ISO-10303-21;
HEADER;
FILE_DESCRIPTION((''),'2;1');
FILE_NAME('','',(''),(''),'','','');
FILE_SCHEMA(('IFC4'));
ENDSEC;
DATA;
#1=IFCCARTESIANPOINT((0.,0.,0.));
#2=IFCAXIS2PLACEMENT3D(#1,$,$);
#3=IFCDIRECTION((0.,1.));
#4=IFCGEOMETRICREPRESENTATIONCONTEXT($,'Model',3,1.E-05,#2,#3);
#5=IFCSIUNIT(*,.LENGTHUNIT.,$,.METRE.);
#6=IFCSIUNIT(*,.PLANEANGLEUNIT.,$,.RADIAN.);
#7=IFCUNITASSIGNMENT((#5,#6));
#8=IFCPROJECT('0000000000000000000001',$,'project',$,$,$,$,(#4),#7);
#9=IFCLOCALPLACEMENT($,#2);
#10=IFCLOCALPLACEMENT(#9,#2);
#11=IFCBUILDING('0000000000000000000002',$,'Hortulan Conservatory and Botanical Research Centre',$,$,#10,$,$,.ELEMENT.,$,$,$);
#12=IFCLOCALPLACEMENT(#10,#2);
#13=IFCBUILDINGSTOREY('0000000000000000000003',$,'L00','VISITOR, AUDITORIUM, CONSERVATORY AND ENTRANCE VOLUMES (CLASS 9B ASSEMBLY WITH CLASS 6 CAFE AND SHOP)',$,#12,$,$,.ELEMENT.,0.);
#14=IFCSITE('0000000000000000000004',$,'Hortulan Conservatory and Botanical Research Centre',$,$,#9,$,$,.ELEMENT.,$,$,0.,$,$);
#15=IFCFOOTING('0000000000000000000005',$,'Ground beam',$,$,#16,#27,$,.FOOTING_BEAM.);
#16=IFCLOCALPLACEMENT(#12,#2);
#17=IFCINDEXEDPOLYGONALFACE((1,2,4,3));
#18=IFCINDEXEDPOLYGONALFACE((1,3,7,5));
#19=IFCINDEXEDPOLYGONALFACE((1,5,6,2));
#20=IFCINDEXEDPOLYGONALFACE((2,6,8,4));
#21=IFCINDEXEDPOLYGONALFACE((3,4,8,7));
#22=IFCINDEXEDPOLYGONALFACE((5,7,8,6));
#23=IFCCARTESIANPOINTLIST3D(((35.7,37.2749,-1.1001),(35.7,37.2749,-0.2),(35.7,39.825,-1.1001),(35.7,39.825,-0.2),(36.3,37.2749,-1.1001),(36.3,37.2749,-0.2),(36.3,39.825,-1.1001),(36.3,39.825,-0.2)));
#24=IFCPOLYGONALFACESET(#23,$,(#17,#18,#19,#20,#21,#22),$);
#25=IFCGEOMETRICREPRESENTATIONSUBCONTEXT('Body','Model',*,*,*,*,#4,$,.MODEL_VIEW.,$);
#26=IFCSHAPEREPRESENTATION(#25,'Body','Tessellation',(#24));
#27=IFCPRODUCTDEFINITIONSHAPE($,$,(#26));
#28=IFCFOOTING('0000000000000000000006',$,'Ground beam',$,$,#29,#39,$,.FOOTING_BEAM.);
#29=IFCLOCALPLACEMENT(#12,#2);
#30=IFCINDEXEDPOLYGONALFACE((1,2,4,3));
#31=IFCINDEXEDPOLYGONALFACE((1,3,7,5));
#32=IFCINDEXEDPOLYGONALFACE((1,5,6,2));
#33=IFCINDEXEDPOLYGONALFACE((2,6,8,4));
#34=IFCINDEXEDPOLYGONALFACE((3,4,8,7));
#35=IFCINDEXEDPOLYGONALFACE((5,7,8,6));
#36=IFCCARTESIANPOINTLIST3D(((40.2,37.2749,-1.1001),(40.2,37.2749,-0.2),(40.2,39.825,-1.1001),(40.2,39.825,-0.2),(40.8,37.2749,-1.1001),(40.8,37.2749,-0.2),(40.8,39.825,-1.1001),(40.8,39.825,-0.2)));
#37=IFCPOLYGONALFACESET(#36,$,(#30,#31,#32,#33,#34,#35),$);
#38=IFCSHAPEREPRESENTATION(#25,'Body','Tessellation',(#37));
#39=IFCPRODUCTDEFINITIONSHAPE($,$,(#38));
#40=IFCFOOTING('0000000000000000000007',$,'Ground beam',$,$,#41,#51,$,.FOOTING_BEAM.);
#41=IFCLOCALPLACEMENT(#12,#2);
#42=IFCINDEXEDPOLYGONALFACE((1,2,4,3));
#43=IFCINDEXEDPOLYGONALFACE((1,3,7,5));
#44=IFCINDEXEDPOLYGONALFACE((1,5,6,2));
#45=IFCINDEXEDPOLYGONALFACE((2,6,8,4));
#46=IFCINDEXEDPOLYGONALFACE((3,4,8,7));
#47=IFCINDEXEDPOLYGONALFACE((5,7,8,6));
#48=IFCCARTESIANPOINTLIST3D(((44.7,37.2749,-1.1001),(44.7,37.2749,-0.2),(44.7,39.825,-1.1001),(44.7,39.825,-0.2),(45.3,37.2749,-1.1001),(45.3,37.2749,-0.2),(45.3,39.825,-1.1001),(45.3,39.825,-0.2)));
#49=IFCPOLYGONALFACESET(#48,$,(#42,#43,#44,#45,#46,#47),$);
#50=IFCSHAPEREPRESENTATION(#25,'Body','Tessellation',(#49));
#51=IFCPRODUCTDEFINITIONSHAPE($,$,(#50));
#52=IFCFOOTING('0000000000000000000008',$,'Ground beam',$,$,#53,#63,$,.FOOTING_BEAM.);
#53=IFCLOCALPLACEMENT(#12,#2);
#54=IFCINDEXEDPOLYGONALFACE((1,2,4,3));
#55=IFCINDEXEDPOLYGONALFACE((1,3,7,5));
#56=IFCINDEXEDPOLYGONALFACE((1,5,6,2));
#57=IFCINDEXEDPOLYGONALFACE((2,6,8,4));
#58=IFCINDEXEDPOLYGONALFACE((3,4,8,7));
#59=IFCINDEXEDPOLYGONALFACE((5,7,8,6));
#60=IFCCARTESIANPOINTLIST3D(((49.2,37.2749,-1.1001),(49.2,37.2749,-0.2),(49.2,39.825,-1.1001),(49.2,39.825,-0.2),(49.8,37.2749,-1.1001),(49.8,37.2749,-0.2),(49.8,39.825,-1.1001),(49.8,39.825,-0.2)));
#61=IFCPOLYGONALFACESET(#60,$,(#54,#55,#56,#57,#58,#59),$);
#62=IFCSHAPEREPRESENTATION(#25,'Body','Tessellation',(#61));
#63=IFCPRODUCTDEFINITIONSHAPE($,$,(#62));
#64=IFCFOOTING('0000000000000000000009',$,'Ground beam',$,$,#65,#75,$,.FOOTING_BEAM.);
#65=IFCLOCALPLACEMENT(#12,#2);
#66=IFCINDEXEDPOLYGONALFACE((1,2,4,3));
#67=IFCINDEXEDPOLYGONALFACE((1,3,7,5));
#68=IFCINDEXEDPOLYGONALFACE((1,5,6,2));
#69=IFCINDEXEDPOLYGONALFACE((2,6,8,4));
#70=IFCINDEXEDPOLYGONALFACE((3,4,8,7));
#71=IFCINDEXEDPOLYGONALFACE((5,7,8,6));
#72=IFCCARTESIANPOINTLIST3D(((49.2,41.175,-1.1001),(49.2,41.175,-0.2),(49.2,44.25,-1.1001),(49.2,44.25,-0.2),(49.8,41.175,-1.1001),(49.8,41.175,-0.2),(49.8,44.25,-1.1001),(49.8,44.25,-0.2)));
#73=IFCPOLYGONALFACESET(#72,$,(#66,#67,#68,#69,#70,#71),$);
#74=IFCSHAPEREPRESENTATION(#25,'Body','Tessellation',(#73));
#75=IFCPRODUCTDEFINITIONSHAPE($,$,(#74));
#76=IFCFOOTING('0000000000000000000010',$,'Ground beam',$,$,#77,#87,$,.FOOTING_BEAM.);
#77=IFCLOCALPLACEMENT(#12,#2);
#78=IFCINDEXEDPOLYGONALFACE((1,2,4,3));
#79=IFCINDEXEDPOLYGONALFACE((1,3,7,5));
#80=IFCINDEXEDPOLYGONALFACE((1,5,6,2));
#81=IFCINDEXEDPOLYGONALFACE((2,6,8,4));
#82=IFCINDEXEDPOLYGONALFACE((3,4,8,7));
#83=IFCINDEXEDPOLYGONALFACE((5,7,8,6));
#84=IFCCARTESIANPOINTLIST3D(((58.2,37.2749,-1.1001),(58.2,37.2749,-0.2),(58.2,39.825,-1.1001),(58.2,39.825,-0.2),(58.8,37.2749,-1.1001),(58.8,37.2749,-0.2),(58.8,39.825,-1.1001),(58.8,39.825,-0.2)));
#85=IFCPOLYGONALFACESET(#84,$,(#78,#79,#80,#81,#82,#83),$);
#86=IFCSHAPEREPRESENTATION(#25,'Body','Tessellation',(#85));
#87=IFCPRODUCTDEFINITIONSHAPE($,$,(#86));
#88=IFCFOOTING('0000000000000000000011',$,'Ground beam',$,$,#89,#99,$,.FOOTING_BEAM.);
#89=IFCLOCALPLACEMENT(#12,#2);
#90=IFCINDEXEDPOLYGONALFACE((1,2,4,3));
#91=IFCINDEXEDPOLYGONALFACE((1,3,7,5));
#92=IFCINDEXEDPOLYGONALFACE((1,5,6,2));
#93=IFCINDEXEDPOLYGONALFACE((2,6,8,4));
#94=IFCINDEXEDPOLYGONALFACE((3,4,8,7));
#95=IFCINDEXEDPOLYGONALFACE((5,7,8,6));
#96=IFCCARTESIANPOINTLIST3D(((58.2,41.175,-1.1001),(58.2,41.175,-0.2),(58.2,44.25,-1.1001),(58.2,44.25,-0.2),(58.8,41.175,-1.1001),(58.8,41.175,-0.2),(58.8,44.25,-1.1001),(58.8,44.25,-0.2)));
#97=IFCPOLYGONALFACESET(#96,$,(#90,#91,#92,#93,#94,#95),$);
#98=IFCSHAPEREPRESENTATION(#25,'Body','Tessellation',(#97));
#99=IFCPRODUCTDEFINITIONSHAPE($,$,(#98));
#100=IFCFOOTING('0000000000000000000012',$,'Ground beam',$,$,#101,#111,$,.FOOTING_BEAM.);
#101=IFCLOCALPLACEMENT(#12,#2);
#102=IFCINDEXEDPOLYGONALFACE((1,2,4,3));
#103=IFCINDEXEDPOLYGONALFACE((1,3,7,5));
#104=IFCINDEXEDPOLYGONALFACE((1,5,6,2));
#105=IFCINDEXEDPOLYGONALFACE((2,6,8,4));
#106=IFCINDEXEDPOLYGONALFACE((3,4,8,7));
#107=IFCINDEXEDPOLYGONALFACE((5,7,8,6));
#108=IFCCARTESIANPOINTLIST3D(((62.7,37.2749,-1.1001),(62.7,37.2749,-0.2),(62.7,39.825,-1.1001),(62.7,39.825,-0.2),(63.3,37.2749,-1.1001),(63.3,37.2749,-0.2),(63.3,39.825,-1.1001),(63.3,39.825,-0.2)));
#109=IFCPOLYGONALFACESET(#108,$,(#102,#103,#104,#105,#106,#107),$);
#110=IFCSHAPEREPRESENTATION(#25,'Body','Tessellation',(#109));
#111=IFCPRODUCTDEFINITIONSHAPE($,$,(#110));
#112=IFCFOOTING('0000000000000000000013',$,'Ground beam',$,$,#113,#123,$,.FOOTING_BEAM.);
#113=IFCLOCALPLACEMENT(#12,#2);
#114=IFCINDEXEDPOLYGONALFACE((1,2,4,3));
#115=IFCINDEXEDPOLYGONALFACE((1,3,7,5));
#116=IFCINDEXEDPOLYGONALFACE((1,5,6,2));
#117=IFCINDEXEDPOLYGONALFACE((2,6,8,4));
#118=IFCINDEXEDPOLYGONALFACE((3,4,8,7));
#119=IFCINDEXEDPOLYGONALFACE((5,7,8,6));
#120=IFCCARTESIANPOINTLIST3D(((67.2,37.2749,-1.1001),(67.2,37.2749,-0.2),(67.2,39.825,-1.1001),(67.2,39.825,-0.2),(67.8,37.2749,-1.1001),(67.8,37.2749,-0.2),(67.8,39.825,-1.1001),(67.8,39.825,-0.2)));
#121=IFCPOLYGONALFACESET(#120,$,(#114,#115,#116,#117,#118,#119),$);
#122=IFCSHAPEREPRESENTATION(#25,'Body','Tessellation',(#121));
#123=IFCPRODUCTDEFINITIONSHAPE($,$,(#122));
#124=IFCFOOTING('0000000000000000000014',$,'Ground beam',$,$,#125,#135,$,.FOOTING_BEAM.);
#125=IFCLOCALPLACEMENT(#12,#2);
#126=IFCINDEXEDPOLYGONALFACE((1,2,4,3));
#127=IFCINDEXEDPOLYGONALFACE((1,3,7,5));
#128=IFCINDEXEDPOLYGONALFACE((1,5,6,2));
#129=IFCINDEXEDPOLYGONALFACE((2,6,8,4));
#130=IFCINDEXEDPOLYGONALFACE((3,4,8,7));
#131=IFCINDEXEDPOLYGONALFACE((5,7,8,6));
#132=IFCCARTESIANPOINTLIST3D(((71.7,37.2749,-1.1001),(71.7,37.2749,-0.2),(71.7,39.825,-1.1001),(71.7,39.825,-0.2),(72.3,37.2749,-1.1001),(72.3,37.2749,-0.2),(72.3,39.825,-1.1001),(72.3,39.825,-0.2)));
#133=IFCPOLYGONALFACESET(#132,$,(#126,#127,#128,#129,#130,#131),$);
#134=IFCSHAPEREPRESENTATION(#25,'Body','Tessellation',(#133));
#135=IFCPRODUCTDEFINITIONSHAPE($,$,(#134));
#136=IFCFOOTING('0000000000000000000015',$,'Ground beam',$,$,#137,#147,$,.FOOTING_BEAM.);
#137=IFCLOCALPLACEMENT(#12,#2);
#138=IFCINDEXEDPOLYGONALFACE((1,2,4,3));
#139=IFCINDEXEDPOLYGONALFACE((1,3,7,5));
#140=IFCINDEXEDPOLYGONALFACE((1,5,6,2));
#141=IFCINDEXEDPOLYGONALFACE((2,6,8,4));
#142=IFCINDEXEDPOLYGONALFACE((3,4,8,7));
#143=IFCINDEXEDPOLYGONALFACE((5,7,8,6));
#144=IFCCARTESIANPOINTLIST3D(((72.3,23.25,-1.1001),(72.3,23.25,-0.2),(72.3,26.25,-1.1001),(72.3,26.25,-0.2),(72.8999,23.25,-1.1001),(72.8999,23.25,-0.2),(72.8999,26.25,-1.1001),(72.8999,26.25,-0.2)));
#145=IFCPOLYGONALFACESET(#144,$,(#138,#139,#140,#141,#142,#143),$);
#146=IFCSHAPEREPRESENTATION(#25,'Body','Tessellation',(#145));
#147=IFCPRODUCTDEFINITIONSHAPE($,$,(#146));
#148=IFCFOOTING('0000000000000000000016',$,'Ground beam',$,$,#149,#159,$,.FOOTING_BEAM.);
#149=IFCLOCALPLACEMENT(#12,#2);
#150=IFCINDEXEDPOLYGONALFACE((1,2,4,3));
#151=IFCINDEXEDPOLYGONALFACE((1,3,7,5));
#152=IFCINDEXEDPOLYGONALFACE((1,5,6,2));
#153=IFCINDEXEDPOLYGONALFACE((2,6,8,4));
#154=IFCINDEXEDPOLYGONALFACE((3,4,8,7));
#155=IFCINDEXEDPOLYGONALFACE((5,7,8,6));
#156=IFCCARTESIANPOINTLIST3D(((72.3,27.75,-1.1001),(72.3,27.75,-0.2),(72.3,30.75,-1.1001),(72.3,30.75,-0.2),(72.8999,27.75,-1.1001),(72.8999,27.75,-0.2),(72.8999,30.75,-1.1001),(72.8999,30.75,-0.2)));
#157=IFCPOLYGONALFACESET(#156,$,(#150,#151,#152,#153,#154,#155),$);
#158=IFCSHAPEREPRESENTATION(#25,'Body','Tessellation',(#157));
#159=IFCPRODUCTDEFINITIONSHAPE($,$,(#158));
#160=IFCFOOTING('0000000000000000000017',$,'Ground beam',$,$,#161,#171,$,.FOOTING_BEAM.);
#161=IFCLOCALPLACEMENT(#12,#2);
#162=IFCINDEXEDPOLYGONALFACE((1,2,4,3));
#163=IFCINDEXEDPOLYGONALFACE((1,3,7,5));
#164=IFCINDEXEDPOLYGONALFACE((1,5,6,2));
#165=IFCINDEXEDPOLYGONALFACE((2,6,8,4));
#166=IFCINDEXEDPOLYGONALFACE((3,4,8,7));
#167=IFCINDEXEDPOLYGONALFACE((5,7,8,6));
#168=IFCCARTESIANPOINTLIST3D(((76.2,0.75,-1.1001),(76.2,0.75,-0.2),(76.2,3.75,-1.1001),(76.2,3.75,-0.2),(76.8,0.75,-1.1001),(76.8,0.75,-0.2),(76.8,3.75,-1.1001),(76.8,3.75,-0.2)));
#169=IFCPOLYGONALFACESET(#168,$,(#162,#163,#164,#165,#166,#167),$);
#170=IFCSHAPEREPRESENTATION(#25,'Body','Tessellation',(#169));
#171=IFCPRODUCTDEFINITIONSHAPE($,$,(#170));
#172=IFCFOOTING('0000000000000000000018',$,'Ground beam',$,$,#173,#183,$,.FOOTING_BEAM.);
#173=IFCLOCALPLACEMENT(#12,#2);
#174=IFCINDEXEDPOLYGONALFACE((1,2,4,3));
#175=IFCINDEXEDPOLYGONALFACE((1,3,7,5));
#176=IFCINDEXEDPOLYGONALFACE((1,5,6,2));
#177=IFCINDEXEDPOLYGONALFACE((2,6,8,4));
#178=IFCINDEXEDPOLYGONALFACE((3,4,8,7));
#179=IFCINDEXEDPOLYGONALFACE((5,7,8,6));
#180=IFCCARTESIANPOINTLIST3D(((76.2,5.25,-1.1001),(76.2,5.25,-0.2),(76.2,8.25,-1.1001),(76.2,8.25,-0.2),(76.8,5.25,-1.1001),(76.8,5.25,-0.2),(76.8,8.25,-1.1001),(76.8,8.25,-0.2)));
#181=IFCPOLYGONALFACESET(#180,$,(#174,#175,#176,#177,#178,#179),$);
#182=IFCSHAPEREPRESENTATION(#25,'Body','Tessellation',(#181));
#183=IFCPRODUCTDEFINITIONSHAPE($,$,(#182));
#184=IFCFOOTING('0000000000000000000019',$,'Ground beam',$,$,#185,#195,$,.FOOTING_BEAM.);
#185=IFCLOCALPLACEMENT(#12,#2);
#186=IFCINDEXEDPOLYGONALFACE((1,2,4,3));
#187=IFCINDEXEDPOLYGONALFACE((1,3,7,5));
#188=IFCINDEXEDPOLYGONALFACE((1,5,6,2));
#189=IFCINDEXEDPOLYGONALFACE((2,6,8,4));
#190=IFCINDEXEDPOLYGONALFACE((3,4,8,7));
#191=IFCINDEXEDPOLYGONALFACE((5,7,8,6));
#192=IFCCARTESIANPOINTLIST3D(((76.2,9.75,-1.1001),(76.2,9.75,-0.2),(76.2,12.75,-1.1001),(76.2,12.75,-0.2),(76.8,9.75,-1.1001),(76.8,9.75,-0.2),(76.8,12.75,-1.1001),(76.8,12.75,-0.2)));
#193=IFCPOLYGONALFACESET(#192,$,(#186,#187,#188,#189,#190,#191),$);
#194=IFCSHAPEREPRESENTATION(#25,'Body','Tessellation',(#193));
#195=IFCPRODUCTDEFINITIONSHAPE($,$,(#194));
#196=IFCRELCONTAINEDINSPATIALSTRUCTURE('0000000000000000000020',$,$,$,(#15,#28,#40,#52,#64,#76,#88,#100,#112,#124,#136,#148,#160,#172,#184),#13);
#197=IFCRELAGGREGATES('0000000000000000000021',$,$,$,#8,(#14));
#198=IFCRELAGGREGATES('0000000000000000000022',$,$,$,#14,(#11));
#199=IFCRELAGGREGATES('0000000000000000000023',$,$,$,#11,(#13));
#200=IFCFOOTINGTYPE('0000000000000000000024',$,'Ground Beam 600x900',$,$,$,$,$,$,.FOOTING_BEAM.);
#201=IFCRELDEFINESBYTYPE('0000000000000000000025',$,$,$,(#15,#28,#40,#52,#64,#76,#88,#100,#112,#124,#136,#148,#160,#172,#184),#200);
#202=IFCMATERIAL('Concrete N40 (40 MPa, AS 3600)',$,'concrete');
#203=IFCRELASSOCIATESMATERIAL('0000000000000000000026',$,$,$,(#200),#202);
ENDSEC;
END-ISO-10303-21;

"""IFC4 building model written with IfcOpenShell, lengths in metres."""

from ifc_helpers import new_model, si_unit, direction, frame, origin, place, context, subcontext, project, spatial, polyline, outline, extrude, material, type_object, element, save


model = new_model("IFC4")

# Units and contexts
model_context = context("Model", 3, precision=1e-05, world=origin(), true_north=direction((0.0, 1.0)))
body_context = subcontext(model_context, "Body", "Model", "MODEL_VIEW")
ifc_project = project(units=[si_unit("LENGTHUNIT", "METRE"), si_unit("PLANEANGLEUNIT", "RADIAN")], contexts=[model_context])

# Site, building, storey
site_placement = place(None, origin())
site = spatial("IfcSite", under=ifc_project, at=site_placement, Name="Hortulan Conservatory and Botanical Research Centre", CompositionType="ELEMENT", RefElevation=0.0)
building_placement = place(site_placement, origin())
building = spatial("IfcBuilding", under=site, at=building_placement, Name="Hortulan Conservatory and Botanical Research Centre", CompositionType="ELEMENT")
storey_placement = place(building_placement, origin())
storey = spatial("IfcBuildingStorey", under=building, at=storey_placement, Name="L00", Description="VISITOR, AUDITORIUM, CONSERVATORY AND ENTRANCE VOLUMES (CLASS 9B ASSEMBLY WITH CLASS 6 CAFE AND SHOP)", CompositionType="ELEMENT", Elevation=0.0)

# Footings
ifc_material = material(Name="Concrete N40 (40 MPa, AS 3600)", Category="concrete")
footing_type = type_object("IfcFootingType", Name="Ground Beam 600x900", PredefinedType="FOOTING_BEAM", material=ifc_material)
footing_1_placement = place(storey_placement, frame((0.0, 0.0, -1.1001)))
element("IfcFooting", 1, at=footing_1_placement, inside=storey, type_object=footing_type, Name="Ground beam", PredefinedType="FOOTING_BEAM", context=body_context, shape_type="SweptSolid", body=[
    extrude(outline(polyline([(36.3, 37.2749), (36.3, 39.825), (35.7, 39.825), (35.7, 37.2749), (36.3, 37.2749)])), origin(), (0.0, 0.0, 1.0), 0.9001),
])
footing_2_placement = place(storey_placement, frame((0.0, 0.0, -1.1001)))
element("IfcFooting", 2, at=footing_2_placement, inside=storey, type_object=footing_type, Name="Ground beam", PredefinedType="FOOTING_BEAM", context=body_context, shape_type="SweptSolid", body=[
    extrude(outline(polyline([(40.8, 37.2749), (40.8, 39.825), (40.2, 39.825), (40.2, 37.2749), (40.8, 37.2749)])), origin(), (0.0, 0.0, 1.0), 0.9001),
])
footing_3_placement = place(storey_placement, frame((0.0, 0.0, -1.1001)))
element("IfcFooting", 3, at=footing_3_placement, inside=storey, type_object=footing_type, Name="Ground beam", PredefinedType="FOOTING_BEAM", context=body_context, shape_type="SweptSolid", body=[
    extrude(outline(polyline([(45.3, 37.2749), (45.3, 39.825), (44.7, 39.825), (44.7, 37.2749), (45.3, 37.2749)])), origin(), (0.0, 0.0, 1.0), 0.9001),
])
footing_4_placement = place(storey_placement, frame((0.0, 0.0, -1.1001)))
element("IfcFooting", 4, at=footing_4_placement, inside=storey, type_object=footing_type, Name="Ground beam", PredefinedType="FOOTING_BEAM", context=body_context, shape_type="SweptSolid", body=[
    extrude(outline(polyline([(49.8, 37.2749), (49.8, 39.825), (49.2, 39.825), (49.2, 37.2749), (49.8, 37.2749)])), origin(), (0.0, 0.0, 1.0), 0.9001),
])
footing_5_placement = place(storey_placement, frame((0.0, 0.0, -1.1001)))
element("IfcFooting", 5, at=footing_5_placement, inside=storey, type_object=footing_type, Name="Ground beam", PredefinedType="FOOTING_BEAM", context=body_context, shape_type="SweptSolid", body=[
    extrude(outline(polyline([(49.8, 41.175), (49.8, 44.25), (49.2, 44.25), (49.2, 41.175), (49.8, 41.175)])), origin(), (0.0, 0.0, 1.0), 0.9001),
])
footing_6_placement = place(storey_placement, frame((0.0, 0.0, -1.1001)))
element("IfcFooting", 6, at=footing_6_placement, inside=storey, type_object=footing_type, Name="Ground beam", PredefinedType="FOOTING_BEAM", context=body_context, shape_type="SweptSolid", body=[
    extrude(outline(polyline([(58.8, 37.2749), (58.8, 39.825), (58.2, 39.825), (58.2, 37.2749), (58.8, 37.2749)])), origin(), (0.0, 0.0, 1.0), 0.9001),
])
footing_7_placement = place(storey_placement, frame((0.0, 0.0, -1.1001)))
element("IfcFooting", 7, at=footing_7_placement, inside=storey, type_object=footing_type, Name="Ground beam", PredefinedType="FOOTING_BEAM", context=body_context, shape_type="SweptSolid", body=[
    extrude(outline(polyline([(58.8, 41.175), (58.8, 44.25), (58.2, 44.25), (58.2, 41.175), (58.8, 41.175)])), origin(), (0.0, 0.0, 1.0), 0.9001),
])
footing_8_placement = place(storey_placement, frame((0.0, 0.0, -1.1001)))
element("IfcFooting", 8, at=footing_8_placement, inside=storey, type_object=footing_type, Name="Ground beam", PredefinedType="FOOTING_BEAM", context=body_context, shape_type="SweptSolid", body=[
    extrude(outline(polyline([(63.3, 37.2749), (63.3, 39.825), (62.7, 39.825), (62.7, 37.2749), (63.3, 37.2749)])), origin(), (0.0, 0.0, 1.0), 0.9001),
])
footing_9_placement = place(storey_placement, frame((0.0, 0.0, -1.1001)))
element("IfcFooting", 9, at=footing_9_placement, inside=storey, type_object=footing_type, Name="Ground beam", PredefinedType="FOOTING_BEAM", context=body_context, shape_type="SweptSolid", body=[
    extrude(outline(polyline([(67.8, 37.2749), (67.8, 39.825), (67.2, 39.825), (67.2, 37.2749), (67.8, 37.2749)])), origin(), (0.0, 0.0, 1.0), 0.9001),
])
footing_10_placement = place(storey_placement, frame((0.0, 0.0, -1.1001)))
element("IfcFooting", 10, at=footing_10_placement, inside=storey, type_object=footing_type, Name="Ground beam", PredefinedType="FOOTING_BEAM", context=body_context, shape_type="SweptSolid", body=[
    extrude(outline(polyline([(72.3, 37.2749), (72.3, 39.825), (71.7, 39.825), (71.7, 37.2749), (72.3, 37.2749)])), origin(), (0.0, 0.0, 1.0), 0.9001),
])
footing_11_placement = place(storey_placement, frame((0.0, 0.0, -1.1001)))
element("IfcFooting", 11, at=footing_11_placement, inside=storey, type_object=footing_type, Name="Ground beam", PredefinedType="FOOTING_BEAM", context=body_context, shape_type="SweptSolid", body=[
    extrude(outline(polyline([(72.8999, 23.25), (72.8999, 26.25), (72.3, 26.25), (72.3, 23.25), (72.8999, 23.25)])), origin(), (0.0, 0.0, 1.0), 0.9001),
])
footing_12_placement = place(storey_placement, frame((0.0, 0.0, -1.1001)))
element("IfcFooting", 12, at=footing_12_placement, inside=storey, type_object=footing_type, Name="Ground beam", PredefinedType="FOOTING_BEAM", context=body_context, shape_type="SweptSolid", body=[
    extrude(outline(polyline([(72.8999, 27.75), (72.8999, 30.75), (72.3, 30.75), (72.3, 27.75), (72.8999, 27.75)])), origin(), (0.0, 0.0, 1.0), 0.9001),
])
footing_13_placement = place(storey_placement, frame((0.0, 0.0, -1.1001)))
element("IfcFooting", 13, at=footing_13_placement, inside=storey, type_object=footing_type, Name="Ground beam", PredefinedType="FOOTING_BEAM", context=body_context, shape_type="SweptSolid", body=[
    extrude(outline(polyline([(76.8, 0.75), (76.8, 3.75), (76.2, 3.75), (76.2, 0.75), (76.8, 0.75)])), origin(), (0.0, 0.0, 1.0), 0.9001),
])
footing_14_placement = place(storey_placement, frame((0.0, 0.0, -1.1001)))
element("IfcFooting", 14, at=footing_14_placement, inside=storey, type_object=footing_type, Name="Ground beam", PredefinedType="FOOTING_BEAM", context=body_context, shape_type="SweptSolid", body=[
    extrude(outline(polyline([(76.8, 5.25), (76.8, 8.25), (76.2, 8.25), (76.2, 5.25), (76.8, 5.25)])), origin(), (0.0, 0.0, 1.0), 0.9001),
])
footing_15_placement = place(storey_placement, frame((0.0, 0.0, -1.1001)))
element("IfcFooting", 15, at=footing_15_placement, inside=storey, type_object=footing_type, Name="Ground beam", PredefinedType="FOOTING_BEAM", context=body_context, shape_type="SweptSolid", body=[
    extrude(outline(polyline([(76.8, 9.75), (76.8, 12.75), (76.2, 12.75), (76.2, 9.75), (76.8, 9.75)])), origin(), (0.0, 0.0, 1.0), 0.9001),
])

save(model, "model.ifc")
